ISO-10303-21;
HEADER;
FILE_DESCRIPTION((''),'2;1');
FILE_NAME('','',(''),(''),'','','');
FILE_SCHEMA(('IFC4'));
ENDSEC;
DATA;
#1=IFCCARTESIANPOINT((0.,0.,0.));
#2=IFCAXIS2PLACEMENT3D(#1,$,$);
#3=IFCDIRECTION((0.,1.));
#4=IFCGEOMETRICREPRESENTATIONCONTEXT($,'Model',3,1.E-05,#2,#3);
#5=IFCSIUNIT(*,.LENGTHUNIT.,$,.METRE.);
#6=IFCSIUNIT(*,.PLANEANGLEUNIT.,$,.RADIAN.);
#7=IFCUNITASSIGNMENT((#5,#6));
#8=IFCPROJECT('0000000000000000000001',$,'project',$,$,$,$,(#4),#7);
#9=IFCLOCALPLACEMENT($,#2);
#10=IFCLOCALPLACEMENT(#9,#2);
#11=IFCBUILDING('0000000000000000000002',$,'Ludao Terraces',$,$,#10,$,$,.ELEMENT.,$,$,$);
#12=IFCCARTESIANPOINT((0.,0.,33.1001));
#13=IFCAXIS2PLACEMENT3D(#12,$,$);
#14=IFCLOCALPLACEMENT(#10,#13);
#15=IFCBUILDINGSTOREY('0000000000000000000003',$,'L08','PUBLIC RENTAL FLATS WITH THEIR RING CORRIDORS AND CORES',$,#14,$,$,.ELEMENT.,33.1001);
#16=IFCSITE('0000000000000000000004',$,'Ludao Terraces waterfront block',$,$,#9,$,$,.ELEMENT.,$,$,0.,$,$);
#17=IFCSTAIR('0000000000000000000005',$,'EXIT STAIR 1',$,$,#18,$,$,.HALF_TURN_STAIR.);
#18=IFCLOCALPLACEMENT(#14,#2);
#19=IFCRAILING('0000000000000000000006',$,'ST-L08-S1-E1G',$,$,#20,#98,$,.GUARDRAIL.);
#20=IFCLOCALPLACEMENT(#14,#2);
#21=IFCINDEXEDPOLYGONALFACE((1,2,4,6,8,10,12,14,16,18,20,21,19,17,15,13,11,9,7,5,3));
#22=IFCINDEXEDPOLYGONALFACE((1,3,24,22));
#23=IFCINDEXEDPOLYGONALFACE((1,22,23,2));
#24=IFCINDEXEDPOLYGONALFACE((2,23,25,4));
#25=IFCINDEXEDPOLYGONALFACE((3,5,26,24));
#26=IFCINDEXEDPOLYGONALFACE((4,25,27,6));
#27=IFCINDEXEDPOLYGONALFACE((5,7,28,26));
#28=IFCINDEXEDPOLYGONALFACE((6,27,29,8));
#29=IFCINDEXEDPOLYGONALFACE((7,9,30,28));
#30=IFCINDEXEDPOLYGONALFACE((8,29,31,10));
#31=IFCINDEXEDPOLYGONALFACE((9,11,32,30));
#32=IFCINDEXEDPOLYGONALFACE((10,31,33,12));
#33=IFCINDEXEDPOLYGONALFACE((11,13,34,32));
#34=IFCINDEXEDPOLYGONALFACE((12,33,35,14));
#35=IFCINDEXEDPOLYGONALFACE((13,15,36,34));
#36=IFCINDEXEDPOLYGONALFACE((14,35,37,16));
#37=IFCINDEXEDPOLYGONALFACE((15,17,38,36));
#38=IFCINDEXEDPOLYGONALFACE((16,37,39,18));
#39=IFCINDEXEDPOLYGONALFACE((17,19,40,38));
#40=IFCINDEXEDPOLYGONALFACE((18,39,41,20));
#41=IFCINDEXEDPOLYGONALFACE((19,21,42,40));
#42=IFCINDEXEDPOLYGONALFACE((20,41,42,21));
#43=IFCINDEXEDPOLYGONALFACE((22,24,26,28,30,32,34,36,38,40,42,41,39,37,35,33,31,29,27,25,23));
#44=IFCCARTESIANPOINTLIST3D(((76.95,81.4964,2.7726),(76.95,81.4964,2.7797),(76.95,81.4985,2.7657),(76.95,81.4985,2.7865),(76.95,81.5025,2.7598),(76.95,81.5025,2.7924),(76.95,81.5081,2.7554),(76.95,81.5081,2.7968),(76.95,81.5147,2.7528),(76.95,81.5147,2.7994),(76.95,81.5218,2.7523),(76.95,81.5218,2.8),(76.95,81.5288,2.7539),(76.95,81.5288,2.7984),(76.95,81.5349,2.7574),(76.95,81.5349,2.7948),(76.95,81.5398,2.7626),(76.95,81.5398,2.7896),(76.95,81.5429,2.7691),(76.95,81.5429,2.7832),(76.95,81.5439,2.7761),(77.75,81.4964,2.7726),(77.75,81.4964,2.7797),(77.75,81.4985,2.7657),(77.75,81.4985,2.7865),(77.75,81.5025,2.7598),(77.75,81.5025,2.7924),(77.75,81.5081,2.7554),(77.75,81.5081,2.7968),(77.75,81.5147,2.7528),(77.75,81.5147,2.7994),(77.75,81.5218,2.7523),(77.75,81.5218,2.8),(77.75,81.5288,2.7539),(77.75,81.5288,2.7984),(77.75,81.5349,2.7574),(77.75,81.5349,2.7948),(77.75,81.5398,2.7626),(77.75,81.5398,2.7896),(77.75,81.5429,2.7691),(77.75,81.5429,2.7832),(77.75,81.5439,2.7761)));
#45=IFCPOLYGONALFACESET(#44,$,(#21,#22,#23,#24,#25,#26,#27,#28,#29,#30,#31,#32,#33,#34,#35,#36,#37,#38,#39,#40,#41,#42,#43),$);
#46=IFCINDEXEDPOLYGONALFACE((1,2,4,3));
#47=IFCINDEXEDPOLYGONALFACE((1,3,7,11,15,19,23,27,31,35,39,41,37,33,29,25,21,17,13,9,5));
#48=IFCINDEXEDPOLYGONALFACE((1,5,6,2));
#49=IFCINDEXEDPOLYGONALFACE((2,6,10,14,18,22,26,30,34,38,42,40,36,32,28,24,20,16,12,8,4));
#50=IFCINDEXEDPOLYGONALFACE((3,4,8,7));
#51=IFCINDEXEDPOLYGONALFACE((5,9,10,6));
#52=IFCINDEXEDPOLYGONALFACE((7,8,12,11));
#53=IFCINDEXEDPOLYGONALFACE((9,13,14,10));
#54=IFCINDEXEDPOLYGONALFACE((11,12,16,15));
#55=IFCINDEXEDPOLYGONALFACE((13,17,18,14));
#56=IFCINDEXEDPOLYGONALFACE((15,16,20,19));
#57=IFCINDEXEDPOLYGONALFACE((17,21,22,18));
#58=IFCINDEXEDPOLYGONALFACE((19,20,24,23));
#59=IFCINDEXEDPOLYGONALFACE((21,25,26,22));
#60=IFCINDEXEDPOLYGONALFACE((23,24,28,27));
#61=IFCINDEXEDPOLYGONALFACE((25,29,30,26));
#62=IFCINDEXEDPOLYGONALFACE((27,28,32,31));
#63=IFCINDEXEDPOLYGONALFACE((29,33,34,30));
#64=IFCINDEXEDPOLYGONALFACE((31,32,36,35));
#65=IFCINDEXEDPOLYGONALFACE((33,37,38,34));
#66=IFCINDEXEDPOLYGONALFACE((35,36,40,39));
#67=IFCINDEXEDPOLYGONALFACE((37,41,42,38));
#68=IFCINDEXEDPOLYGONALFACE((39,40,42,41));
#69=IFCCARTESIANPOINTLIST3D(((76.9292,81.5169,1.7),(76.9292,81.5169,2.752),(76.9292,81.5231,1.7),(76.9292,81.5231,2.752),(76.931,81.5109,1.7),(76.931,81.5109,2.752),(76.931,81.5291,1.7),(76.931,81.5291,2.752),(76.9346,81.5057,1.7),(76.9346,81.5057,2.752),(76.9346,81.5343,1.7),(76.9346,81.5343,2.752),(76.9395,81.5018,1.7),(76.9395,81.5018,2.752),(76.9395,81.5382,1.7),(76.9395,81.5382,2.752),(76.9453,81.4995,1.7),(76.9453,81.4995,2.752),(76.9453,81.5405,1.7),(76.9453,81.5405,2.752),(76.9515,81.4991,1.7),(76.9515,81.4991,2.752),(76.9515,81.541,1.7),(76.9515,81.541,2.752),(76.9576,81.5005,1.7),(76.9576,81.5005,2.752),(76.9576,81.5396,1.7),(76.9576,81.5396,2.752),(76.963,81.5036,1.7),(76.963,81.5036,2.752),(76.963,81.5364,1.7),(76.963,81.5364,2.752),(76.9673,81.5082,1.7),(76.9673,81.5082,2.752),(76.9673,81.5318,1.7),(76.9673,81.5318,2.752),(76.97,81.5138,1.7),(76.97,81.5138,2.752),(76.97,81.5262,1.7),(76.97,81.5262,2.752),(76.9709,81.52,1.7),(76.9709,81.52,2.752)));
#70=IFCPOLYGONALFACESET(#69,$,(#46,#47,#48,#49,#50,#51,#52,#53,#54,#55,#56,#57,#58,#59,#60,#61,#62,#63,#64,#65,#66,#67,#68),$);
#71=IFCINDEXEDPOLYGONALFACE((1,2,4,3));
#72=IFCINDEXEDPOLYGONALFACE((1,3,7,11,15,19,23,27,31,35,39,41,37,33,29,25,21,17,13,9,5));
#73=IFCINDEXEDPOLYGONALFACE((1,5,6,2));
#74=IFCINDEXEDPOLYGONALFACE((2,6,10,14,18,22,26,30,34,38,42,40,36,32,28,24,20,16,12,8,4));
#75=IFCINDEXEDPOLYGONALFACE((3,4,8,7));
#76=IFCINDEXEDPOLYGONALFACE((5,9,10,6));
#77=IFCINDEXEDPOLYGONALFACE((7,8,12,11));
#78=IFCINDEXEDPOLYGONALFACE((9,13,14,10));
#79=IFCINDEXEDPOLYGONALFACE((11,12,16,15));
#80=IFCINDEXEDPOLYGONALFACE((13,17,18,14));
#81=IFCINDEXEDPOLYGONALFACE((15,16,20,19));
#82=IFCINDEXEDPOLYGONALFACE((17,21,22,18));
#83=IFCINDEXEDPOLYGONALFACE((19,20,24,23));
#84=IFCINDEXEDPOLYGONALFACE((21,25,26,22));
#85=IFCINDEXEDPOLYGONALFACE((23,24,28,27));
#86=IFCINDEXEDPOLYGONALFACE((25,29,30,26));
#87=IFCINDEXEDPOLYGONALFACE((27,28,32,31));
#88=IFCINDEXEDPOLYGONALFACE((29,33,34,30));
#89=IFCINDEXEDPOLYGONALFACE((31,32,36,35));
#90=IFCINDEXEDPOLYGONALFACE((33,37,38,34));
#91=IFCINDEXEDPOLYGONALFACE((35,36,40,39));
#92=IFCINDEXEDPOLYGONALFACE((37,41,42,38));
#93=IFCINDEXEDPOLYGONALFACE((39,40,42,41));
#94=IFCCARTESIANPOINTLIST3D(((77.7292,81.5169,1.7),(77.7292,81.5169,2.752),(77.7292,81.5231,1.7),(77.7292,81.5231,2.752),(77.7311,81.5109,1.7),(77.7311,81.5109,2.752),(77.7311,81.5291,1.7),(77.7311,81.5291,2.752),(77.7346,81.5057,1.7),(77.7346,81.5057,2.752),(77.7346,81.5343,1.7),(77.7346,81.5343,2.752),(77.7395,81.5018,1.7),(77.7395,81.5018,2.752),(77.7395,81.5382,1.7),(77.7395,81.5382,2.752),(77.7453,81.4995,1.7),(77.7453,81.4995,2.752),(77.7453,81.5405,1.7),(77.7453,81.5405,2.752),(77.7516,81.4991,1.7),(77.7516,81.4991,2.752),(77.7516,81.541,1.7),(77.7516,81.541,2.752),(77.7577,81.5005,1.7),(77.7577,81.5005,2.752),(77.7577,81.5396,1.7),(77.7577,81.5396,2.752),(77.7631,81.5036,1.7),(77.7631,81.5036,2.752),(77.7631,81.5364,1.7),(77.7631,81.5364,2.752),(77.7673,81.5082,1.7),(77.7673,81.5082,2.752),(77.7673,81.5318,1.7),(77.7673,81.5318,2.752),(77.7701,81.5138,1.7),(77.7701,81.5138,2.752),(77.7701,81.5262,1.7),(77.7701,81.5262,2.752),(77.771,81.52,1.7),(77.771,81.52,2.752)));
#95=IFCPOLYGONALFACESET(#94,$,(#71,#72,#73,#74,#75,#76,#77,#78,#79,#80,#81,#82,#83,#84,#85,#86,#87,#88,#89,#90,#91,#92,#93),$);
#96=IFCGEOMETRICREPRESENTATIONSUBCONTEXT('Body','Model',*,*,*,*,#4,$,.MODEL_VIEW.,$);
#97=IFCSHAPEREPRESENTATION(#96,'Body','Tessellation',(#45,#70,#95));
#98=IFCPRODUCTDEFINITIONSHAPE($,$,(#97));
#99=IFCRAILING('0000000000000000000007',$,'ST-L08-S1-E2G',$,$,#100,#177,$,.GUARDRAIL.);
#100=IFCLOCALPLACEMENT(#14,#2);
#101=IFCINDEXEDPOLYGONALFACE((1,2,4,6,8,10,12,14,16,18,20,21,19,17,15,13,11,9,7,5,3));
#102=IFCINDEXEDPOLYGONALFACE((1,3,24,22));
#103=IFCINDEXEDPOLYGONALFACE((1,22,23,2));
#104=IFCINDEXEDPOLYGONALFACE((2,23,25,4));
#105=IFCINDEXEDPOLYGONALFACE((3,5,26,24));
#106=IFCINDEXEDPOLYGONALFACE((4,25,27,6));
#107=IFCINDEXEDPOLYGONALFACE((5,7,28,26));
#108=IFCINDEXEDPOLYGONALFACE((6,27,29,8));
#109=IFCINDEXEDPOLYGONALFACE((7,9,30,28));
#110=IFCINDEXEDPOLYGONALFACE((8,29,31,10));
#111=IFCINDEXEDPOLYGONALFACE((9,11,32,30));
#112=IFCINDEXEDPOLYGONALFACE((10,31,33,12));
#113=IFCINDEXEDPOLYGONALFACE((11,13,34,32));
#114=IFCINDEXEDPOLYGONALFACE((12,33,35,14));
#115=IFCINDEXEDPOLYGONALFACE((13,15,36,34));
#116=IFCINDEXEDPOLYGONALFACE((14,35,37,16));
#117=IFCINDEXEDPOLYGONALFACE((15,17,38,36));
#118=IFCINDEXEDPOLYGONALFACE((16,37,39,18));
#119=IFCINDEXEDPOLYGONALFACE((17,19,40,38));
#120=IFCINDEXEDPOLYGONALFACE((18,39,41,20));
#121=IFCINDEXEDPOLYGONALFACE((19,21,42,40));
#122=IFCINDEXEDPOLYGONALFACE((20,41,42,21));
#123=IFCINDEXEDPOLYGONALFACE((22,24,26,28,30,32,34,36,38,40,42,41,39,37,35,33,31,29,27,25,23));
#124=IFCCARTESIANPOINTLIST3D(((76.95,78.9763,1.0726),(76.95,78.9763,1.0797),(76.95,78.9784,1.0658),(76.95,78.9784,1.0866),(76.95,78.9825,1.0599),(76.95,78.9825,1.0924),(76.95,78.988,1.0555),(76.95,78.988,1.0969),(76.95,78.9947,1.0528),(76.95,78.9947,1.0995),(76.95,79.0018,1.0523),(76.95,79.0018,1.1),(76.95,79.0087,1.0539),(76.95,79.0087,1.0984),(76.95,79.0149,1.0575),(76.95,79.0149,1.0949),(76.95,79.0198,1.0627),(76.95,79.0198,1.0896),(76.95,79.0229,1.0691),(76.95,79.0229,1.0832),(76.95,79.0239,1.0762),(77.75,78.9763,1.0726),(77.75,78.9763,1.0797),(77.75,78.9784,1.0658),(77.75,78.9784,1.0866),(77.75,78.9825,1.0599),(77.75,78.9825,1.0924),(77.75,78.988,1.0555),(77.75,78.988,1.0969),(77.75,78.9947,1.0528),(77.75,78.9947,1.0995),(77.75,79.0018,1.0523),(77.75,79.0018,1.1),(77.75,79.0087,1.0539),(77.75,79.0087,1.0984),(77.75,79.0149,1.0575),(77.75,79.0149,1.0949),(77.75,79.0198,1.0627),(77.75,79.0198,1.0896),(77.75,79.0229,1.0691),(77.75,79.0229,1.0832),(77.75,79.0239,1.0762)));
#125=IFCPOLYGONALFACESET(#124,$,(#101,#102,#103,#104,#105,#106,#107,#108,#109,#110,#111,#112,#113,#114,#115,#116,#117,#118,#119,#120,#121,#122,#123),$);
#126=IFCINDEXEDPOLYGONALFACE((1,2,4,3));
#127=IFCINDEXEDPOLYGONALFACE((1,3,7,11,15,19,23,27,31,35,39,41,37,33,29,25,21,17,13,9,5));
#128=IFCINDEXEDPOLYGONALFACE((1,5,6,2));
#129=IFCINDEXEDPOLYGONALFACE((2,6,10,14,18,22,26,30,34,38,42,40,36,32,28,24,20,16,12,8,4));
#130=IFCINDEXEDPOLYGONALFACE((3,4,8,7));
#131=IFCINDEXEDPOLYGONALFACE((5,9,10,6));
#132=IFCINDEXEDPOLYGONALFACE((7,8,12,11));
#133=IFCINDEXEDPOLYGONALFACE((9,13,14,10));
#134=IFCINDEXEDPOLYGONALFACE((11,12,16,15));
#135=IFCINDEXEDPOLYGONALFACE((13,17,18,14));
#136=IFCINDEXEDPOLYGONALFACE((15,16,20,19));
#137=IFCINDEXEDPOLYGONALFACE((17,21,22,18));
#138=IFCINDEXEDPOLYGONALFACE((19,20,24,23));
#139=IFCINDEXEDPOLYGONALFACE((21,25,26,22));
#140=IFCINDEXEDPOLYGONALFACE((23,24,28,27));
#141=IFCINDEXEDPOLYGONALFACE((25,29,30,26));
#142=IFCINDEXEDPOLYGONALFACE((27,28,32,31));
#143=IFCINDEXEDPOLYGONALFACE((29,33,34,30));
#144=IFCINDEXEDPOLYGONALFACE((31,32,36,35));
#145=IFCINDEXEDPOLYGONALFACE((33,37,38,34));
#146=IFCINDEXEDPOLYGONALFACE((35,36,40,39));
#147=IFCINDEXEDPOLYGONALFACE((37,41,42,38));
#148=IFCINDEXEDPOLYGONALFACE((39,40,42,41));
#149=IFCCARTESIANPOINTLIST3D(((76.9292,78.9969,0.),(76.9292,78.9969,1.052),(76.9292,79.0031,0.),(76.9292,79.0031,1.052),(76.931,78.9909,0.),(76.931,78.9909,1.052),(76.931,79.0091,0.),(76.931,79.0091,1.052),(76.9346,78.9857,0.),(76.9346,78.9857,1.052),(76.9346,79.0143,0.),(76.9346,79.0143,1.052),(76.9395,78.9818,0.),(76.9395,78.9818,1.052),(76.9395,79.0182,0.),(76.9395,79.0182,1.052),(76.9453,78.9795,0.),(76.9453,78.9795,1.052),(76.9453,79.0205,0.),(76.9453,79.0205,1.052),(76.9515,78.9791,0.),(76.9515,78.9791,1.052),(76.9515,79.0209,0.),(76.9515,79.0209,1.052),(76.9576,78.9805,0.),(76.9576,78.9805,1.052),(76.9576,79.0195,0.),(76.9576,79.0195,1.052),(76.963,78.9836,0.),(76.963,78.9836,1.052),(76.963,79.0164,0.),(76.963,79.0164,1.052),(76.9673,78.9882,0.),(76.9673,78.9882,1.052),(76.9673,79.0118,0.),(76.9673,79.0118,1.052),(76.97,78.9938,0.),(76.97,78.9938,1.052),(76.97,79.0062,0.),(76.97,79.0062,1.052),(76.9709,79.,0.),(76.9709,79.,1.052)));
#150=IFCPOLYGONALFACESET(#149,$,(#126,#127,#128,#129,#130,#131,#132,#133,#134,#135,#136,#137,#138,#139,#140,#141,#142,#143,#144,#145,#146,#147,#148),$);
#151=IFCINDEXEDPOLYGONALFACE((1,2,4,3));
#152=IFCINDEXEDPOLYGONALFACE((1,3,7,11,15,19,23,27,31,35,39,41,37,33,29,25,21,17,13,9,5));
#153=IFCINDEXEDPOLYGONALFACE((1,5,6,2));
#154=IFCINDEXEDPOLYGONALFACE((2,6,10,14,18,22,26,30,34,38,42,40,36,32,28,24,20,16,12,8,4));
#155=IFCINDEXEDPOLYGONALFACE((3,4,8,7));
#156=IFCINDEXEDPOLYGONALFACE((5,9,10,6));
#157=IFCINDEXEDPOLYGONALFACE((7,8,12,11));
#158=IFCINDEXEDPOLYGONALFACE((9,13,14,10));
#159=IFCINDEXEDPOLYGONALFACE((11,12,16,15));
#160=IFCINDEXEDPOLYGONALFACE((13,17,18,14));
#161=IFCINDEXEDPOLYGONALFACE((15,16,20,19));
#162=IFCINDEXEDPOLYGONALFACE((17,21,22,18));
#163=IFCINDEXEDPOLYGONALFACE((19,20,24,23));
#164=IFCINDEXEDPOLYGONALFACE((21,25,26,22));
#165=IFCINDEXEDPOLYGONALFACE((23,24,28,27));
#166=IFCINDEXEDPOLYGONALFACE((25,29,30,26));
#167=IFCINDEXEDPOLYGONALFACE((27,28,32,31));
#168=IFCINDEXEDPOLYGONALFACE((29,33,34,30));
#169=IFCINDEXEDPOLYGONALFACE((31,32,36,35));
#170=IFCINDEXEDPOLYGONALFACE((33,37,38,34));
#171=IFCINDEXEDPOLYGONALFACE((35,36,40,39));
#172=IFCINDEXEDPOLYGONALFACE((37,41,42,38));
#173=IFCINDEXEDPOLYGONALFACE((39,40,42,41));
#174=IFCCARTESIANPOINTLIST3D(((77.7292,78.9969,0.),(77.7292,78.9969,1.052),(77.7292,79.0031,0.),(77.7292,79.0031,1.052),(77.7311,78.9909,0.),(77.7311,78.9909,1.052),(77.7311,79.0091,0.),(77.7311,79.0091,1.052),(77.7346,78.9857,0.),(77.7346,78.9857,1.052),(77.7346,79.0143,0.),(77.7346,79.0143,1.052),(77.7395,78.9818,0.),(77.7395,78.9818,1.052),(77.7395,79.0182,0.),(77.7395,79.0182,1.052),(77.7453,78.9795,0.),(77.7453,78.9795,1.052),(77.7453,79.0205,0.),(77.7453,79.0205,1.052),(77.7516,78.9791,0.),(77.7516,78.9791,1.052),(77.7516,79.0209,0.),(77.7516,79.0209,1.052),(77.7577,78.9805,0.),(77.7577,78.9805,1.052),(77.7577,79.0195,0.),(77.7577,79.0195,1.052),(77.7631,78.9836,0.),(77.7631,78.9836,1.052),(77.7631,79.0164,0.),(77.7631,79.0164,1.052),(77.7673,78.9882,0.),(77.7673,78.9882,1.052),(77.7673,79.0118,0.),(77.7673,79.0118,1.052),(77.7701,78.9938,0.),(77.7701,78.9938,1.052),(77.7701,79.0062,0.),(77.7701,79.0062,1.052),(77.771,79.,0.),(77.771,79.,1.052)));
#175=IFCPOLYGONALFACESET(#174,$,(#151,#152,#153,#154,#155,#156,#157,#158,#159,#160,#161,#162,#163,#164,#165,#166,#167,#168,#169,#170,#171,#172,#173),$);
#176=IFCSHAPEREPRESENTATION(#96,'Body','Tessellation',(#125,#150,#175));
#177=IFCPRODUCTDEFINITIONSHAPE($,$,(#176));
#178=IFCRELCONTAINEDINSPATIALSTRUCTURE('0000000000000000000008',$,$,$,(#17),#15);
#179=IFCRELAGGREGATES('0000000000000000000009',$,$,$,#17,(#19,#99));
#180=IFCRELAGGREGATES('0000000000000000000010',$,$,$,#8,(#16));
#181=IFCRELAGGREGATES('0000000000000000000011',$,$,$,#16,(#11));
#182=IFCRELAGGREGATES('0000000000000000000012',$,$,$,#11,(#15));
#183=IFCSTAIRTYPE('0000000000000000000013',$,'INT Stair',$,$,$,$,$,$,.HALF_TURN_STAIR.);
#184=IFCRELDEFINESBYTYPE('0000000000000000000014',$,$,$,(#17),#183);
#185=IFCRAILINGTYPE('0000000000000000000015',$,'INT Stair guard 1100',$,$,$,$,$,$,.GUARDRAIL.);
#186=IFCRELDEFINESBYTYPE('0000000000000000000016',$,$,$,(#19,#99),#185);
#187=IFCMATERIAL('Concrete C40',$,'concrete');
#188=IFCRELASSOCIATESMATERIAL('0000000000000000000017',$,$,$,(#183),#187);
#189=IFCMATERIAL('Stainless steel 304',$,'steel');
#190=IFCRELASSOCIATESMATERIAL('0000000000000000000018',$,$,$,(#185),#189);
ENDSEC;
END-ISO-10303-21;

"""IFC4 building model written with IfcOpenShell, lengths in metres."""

from ifc_helpers import new_model, si_unit, direction, frame, origin, origin_2d, place, context, subcontext, project, spatial, circle, extrude, material, type_object, element, aggregate, save


model = new_model("IFC4")

# Units and contexts
model_context = context("Model", 3, precision=1e-05, world=origin(), true_north=direction((0.0, 1.0)))
body_context = subcontext(model_context, "Body", "Model", "MODEL_VIEW")
ifc_project = project(units=[si_unit("LENGTHUNIT", "METRE"), si_unit("PLANEANGLEUNIT", "RADIAN")], contexts=[model_context])

# Site, building, storey
site_placement = place(None, origin())
site = spatial("IfcSite", under=ifc_project, at=site_placement, Name="Ludao Terraces waterfront block", CompositionType="ELEMENT", RefElevation=0.0)
building_placement = place(site_placement, origin())
building = spatial("IfcBuilding", under=site, at=building_placement, Name="Ludao Terraces", CompositionType="ELEMENT")
storey_placement = place(building_placement, frame((0.0, 0.0, 33.1001)))
storey = spatial("IfcBuildingStorey", under=building, at=storey_placement, Name="L08", Description="PUBLIC RENTAL FLATS WITH THEIR RING CORRIDORS AND CORES", CompositionType="ELEMENT", Elevation=33.1001)

# Shared definitions
ifc_material_1 = material(Name="Concrete C40", Category="concrete")

# Shared definitions
ifc_material_2 = material(Name="Stainless steel 304", Category="steel")

# Stair, railings
stair_type = type_object("IfcStairType", Name="INT Stair", PredefinedType="HALF_TURN_STAIR", material=ifc_material_1)
stair_placement = place(storey_placement, origin())
stair = element("IfcStair", 1, at=stair_placement, inside=storey, type_object=stair_type, Name="EXIT STAIR 1", PredefinedType="HALF_TURN_STAIR")
railing_type_1 = type_object("IfcRailingType", Name="INT Stair guard 1100", PredefinedType="GUARDRAIL", material=ifc_material_2)
railing_1_placement = place(storey_placement, frame((76.95, 81.52, 1.7)))
railing_1 = element("IfcRailing", 2, at=railing_1_placement, type_object=railing_type_1, Name="ST-L08-S1-E1G", PredefinedType="GUARDRAIL", context=body_context, shape_type="SweptSolid", body=[
    extrude(circle(Radius=0.0239, at=origin_2d()), frame((0.0, 0.0, 1.0762), z_axis=(1.0, 0.0, 0.0), x_axis=(0.0, 1.0, 0.0)), (0.0, 0.0, 1.0), 0.8),
    extrude(circle(Radius=0.021, at=origin_2d()), origin(), (0.0, 0.0, 1.0), 1.052),
    extrude(circle(Radius=0.021, at=origin_2d()), frame((0.8, 0.0, 0.0)), (0.0, 0.0, 1.0), 1.052),
])
railing_2_placement = place(storey_placement, frame((76.95, 79.0, 0.0)))
railing_2 = element("IfcRailing", 3, at=railing_2_placement, type_object=railing_type_1, Name="ST-L08-S1-E2G", PredefinedType="GUARDRAIL", context=body_context, shape_type="SweptSolid", body=[
    extrude(circle(Radius=0.0239, at=origin_2d()), frame((0.0, 0.0, 1.0762), z_axis=(1.0, 0.0, 0.0), x_axis=(0.0, 1.0, 0.0)), (0.0, 0.0, 1.0), 0.8),
    extrude(circle(Radius=0.021, at=origin_2d()), origin(), (0.0, 0.0, 1.0), 1.052),
    extrude(circle(Radius=0.021, at=origin_2d()), frame((0.8, 0.0, 0.0)), (0.0, 0.0, 1.0), 1.052),
])
aggregate(stair, [railing_1, railing_2])

save(model, "model.ifc")
